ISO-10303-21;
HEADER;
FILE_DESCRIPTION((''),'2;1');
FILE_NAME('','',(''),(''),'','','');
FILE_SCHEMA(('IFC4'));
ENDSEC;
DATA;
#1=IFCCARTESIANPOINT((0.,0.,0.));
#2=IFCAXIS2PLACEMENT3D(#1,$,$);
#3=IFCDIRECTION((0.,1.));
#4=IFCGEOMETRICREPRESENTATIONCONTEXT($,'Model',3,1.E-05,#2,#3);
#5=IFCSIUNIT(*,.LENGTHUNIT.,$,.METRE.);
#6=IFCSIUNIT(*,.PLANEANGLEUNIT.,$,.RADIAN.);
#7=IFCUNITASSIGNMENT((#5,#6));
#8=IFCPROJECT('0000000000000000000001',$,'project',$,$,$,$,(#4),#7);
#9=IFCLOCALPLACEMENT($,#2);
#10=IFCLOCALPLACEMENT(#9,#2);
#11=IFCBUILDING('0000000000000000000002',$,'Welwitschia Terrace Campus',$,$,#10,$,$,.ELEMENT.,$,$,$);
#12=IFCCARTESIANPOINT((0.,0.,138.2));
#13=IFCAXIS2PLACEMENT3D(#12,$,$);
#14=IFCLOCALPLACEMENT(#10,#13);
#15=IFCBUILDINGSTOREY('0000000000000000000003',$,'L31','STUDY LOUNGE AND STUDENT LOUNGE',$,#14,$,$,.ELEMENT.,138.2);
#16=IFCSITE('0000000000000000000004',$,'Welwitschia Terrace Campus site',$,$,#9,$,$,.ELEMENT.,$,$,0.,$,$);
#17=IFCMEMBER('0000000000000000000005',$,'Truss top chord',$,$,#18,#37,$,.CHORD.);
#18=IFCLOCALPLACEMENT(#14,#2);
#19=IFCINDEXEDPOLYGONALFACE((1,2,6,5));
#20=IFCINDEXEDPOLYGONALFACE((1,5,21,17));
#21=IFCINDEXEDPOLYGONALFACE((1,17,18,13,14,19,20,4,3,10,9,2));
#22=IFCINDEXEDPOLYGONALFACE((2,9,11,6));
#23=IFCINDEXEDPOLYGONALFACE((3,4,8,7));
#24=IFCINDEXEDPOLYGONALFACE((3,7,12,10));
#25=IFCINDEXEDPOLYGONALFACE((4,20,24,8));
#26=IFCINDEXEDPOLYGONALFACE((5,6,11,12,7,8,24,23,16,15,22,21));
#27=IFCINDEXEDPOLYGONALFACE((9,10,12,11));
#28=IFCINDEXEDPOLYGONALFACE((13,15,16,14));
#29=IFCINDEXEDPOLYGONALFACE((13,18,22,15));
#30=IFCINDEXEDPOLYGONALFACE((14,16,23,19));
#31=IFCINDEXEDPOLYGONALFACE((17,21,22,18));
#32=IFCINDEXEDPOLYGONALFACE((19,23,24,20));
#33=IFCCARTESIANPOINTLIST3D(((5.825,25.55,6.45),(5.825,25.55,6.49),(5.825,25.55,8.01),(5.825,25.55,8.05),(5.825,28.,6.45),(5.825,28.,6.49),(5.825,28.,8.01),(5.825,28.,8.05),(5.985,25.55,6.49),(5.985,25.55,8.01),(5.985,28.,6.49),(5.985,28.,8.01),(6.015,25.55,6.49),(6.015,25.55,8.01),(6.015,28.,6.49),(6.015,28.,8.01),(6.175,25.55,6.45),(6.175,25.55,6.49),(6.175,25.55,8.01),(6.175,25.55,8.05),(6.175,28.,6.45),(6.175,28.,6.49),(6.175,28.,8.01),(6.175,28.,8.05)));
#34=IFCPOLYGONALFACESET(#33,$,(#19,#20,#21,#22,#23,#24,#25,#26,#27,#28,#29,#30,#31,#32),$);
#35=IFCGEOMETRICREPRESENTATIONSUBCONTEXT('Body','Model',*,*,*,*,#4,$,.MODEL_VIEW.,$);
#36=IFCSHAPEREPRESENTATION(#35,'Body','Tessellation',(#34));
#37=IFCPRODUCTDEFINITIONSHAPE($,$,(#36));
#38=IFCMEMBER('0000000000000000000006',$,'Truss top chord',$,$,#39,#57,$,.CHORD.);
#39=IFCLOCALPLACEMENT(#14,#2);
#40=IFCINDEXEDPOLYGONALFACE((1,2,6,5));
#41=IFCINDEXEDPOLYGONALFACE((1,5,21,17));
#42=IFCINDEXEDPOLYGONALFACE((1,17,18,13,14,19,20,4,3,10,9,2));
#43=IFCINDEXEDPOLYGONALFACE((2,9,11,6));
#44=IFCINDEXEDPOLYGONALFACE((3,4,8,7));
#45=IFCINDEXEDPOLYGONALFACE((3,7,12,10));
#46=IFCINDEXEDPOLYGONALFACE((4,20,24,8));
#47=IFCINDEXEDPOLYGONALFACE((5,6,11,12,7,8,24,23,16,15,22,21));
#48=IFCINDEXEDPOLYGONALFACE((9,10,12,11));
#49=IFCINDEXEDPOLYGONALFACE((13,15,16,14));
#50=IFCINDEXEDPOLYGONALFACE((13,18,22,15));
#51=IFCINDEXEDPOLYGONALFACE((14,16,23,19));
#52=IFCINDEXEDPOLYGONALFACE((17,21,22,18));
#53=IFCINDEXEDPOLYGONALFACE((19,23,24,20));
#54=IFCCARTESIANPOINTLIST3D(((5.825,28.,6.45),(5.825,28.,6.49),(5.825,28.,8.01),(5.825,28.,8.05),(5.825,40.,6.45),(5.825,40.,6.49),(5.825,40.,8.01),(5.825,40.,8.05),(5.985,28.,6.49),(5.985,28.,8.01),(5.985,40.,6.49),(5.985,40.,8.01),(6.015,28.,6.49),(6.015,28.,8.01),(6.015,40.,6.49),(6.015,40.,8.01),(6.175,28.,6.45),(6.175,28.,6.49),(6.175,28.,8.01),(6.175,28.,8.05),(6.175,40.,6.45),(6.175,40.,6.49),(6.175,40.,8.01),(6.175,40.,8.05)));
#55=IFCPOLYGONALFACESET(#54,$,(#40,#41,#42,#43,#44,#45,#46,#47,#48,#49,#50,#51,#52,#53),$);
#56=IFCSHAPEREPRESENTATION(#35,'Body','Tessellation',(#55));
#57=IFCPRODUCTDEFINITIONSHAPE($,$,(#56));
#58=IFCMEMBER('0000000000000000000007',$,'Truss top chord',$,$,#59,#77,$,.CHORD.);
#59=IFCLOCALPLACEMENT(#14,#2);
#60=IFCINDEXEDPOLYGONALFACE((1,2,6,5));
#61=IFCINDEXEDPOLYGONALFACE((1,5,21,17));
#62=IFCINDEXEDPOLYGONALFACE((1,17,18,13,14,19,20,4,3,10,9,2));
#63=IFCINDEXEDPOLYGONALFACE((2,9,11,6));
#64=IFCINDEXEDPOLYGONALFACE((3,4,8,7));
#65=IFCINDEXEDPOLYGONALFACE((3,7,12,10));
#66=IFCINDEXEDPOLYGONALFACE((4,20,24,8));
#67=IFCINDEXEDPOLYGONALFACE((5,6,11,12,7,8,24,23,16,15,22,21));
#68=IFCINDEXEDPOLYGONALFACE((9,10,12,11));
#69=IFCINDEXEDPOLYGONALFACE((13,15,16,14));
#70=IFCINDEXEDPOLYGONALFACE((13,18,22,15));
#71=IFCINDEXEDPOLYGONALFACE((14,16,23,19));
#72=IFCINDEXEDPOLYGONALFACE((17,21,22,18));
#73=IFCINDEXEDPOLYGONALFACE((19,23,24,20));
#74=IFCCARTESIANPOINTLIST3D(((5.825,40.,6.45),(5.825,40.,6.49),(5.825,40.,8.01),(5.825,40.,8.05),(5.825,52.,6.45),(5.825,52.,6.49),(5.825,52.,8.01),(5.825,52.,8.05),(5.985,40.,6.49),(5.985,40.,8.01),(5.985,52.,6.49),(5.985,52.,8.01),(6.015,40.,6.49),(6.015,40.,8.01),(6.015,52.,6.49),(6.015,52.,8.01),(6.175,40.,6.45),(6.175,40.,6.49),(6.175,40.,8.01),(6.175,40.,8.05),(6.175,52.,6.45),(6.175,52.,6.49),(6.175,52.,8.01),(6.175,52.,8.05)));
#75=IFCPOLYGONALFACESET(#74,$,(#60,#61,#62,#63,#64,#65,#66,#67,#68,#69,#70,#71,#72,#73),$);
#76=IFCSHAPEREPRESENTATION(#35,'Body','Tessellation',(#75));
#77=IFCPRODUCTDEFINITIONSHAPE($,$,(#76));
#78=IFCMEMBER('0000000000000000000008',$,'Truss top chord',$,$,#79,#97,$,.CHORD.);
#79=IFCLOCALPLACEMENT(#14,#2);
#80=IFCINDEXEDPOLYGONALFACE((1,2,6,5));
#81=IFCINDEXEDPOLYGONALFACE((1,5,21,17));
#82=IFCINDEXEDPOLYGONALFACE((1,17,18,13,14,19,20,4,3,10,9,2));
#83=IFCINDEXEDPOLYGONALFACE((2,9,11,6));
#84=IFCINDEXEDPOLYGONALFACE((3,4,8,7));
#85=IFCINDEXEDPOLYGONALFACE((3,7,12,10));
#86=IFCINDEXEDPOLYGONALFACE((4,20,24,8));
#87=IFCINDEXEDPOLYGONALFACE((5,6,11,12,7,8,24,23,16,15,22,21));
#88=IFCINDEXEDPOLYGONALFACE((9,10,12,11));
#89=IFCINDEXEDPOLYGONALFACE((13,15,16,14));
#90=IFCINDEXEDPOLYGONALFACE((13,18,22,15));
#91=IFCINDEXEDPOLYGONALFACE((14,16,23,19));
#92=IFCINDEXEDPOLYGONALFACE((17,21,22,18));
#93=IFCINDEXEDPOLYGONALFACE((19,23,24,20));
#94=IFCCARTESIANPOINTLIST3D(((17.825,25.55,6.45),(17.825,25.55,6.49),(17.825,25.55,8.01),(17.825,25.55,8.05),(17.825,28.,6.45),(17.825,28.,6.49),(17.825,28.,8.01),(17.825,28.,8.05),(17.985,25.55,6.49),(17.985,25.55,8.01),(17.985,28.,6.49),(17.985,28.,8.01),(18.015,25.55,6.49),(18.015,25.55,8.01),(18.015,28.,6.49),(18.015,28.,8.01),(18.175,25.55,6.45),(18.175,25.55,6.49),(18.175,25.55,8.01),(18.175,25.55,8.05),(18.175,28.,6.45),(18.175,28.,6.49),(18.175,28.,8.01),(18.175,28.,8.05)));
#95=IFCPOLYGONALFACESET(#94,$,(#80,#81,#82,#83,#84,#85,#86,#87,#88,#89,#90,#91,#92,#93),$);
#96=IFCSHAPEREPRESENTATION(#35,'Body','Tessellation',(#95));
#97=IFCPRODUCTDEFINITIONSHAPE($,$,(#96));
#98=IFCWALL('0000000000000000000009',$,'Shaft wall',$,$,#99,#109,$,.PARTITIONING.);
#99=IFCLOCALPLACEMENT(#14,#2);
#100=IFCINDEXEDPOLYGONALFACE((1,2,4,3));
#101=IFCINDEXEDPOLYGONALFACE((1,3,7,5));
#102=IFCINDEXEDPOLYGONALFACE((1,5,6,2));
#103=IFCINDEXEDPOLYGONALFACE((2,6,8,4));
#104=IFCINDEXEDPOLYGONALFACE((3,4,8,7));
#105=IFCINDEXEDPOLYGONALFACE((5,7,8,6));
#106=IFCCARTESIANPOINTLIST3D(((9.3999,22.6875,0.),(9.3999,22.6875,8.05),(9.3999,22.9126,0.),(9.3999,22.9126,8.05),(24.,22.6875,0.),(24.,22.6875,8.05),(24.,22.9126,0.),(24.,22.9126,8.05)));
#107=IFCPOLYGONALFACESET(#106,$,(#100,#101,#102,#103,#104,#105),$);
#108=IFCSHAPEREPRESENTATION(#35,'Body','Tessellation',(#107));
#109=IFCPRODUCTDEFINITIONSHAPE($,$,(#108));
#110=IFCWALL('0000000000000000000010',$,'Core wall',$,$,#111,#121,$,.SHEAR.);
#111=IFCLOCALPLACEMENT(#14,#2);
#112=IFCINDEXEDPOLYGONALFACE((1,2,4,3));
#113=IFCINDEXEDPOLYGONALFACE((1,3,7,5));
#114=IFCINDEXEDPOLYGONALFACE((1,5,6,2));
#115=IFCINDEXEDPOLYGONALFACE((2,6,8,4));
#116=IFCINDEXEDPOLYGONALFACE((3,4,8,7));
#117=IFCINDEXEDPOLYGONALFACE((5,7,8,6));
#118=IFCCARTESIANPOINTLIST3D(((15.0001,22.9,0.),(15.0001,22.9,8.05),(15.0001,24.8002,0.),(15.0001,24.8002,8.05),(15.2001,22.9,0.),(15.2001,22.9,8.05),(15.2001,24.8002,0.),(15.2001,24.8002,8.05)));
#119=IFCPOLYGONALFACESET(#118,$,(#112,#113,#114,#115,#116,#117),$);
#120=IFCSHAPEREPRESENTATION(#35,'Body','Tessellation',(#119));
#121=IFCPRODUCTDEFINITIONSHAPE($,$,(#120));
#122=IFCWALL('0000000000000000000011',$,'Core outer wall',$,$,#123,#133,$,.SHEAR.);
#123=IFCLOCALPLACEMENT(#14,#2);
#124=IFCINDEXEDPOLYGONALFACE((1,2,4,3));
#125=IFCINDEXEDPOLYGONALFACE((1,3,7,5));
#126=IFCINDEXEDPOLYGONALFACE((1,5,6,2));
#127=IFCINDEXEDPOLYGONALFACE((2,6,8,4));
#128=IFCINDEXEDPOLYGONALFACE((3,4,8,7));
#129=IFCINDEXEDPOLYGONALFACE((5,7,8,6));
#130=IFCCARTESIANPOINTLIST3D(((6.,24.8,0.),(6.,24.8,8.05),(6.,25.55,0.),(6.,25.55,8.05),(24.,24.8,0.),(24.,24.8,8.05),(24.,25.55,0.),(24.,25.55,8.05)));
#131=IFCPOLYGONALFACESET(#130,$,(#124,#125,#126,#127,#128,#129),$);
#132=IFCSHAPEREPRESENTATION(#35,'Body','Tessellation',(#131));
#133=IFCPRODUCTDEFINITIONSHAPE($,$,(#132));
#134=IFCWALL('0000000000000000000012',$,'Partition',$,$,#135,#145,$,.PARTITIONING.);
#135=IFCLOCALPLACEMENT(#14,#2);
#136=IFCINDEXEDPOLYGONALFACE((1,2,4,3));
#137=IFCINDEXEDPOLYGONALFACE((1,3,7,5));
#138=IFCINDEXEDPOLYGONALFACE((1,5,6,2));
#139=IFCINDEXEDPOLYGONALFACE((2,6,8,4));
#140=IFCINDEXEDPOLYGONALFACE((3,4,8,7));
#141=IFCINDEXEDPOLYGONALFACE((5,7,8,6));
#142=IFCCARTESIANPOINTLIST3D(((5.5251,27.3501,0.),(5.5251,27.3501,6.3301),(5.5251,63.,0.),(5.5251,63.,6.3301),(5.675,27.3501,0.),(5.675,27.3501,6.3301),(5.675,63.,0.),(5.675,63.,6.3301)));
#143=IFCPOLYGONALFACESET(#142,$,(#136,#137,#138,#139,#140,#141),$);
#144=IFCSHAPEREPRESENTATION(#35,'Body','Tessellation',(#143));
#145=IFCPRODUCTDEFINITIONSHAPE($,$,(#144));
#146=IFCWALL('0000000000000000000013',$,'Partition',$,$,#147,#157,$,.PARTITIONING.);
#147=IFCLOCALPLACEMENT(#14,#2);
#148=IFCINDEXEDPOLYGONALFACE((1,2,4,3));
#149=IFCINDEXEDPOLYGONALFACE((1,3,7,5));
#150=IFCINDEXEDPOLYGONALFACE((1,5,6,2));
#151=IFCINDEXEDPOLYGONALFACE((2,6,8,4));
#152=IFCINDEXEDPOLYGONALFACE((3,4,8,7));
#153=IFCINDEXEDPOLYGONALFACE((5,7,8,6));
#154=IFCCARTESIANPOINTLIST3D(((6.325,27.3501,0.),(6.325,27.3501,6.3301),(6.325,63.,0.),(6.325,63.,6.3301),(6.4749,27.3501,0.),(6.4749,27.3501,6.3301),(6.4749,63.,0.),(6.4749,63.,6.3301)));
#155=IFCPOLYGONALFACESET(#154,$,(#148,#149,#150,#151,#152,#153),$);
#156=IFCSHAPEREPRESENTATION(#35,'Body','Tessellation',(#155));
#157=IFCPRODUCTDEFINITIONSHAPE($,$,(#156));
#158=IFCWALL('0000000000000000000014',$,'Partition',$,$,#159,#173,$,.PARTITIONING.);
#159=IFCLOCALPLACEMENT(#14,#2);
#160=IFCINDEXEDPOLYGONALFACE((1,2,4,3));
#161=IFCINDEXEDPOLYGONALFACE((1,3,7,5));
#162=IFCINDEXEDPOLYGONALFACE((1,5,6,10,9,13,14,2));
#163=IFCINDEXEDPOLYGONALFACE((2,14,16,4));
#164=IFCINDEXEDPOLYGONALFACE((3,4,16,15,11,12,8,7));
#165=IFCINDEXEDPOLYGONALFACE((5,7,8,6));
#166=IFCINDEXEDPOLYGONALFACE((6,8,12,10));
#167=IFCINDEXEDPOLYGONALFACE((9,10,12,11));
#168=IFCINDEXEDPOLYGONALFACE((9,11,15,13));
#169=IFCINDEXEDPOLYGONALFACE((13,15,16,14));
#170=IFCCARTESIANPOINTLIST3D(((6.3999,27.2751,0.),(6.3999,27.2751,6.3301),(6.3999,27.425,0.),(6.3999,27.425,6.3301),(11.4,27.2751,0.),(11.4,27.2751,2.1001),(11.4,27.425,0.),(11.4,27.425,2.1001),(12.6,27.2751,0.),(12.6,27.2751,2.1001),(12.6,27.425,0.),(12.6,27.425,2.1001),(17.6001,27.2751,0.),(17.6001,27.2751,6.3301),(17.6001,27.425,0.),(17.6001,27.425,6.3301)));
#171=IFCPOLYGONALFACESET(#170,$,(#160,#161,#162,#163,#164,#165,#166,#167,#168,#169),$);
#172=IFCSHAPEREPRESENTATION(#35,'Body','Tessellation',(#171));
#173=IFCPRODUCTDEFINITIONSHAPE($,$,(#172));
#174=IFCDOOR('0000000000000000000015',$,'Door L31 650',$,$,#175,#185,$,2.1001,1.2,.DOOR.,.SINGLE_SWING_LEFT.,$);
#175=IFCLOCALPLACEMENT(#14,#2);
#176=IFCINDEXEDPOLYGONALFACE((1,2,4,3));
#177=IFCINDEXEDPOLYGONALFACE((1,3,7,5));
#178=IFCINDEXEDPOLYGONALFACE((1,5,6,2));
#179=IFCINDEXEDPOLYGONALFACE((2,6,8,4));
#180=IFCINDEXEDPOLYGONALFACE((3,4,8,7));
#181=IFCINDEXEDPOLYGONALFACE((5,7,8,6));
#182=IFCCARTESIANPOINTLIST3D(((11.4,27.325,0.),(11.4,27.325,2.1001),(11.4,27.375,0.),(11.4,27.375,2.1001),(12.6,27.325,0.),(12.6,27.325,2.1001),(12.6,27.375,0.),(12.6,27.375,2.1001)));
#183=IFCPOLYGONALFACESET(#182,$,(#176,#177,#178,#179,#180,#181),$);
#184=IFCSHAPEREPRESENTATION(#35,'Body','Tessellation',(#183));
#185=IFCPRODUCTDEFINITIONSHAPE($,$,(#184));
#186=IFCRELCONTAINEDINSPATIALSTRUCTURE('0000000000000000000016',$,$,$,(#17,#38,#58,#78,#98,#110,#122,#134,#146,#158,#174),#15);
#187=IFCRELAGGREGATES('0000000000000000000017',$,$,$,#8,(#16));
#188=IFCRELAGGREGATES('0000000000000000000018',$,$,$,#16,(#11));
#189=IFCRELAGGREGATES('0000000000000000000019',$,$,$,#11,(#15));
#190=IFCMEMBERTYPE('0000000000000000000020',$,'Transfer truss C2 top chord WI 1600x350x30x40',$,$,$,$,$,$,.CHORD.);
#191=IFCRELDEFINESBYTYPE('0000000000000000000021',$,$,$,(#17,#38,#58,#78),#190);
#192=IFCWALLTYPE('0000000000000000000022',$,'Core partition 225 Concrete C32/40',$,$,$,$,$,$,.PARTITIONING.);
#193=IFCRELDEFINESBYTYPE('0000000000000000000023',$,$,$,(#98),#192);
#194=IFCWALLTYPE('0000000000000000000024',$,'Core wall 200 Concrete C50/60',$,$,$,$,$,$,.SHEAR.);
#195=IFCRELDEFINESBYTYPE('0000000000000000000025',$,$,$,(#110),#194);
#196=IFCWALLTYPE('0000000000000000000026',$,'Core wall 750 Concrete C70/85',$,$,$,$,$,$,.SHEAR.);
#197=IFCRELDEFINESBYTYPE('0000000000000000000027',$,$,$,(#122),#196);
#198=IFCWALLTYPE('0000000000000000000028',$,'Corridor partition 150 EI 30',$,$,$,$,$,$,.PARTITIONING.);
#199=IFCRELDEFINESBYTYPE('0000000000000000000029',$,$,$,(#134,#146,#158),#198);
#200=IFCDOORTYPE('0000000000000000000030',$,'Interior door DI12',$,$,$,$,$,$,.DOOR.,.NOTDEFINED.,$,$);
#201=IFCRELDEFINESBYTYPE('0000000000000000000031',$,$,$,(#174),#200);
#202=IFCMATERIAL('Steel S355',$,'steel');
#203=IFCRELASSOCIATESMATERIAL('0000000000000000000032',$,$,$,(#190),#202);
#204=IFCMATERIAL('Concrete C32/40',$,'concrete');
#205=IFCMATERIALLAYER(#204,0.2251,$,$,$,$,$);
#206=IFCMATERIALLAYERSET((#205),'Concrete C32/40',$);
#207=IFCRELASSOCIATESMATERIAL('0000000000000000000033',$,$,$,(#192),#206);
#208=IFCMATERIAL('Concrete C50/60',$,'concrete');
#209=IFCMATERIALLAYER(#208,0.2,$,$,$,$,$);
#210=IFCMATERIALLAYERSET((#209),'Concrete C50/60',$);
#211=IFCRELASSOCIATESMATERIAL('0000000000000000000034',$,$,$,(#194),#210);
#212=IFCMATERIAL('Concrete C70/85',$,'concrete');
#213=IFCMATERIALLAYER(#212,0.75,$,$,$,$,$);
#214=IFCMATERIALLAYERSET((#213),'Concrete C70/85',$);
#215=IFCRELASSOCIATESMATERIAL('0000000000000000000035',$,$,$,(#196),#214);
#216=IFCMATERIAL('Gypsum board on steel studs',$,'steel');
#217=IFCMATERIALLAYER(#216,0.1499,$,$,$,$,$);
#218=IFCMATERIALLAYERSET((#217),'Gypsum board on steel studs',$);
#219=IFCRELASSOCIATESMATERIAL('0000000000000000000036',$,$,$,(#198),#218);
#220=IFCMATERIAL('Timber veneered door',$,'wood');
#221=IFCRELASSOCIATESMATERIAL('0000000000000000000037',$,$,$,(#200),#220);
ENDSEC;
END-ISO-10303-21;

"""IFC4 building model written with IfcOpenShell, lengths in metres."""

from ifc_helpers import new_model, si_unit, direction, frame, frame_2d, origin, origin_2d, place, context, subcontext, project, spatial, rectangle, i_section, extrude, material, layer, layer_set, material_profile, profile_set, type_object, element, fill, save


model = new_model("IFC4")

# Units and contexts
model_context = context("Model", 3, precision=1e-05, world=origin(), true_north=direction((0.0, 1.0)))
body_context = subcontext(model_context, "Body", "Model", "MODEL_VIEW")
ifc_project = project(units=[si_unit("LENGTHUNIT", "METRE"), si_unit("PLANEANGLEUNIT", "RADIAN")], contexts=[model_context])

# Site, building, storey
site_placement = place(None, origin())
site = spatial("IfcSite", under=ifc_project, at=site_placement, Name="Welwitschia Terrace Campus site", CompositionType="ELEMENT", RefElevation=0.0)
building_placement = place(site_placement, origin())
building = spatial("IfcBuilding", under=site, at=building_placement, Name="Welwitschia Terrace Campus", CompositionType="ELEMENT")
storey_placement = place(building_placement, frame((0.0, 0.0, 138.2)))
storey = spatial("IfcBuildingStorey", under=building, at=storey_placement, Name="L31", Description="STUDY LOUNGE AND STUDENT LOUNGE", CompositionType="ELEMENT", Elevation=138.2)

# Members
ifc_material_1 = material(Name="Steel S355", Category="steel")
ifc_material_profile_1 = material_profile(ifc_material_1, i_section(OverallWidth=0.3501, OverallDepth=1.6001, WebThickness=0.03, FlangeThickness=0.04, at=origin_2d()))
ifc_profile_set_1 = profile_set([ifc_material_profile_1], Name="Steel S355")
member_type_1 = type_object("IfcMemberType", Name="Transfer truss C2 top chord WI 1600x350x30x40", PredefinedType="CHORD", material=ifc_profile_set_1)
member_1_placement = place(storey_placement, frame((6.0, 25.55, 7.25), z_axis=(0.0, 1.0, 0.0), x_axis=(-1.0, 0.0, 0.0)))
element("IfcMember", 1, at=member_1_placement, inside=storey, type_object=member_type_1, Name="Truss top chord", PredefinedType="CHORD", context=body_context, shape_type="SweptSolid", body=[
    extrude(i_section(OverallWidth=0.3501, OverallDepth=1.6001, WebThickness=0.03, FlangeThickness=0.04, at=origin_2d()), origin(), (0.0, 0.0, 1.0), 2.45),
])
for number, where, z_axis, x_axis, name in (
    (2, (6.0, 28.0, 7.25), (0.0, 1.0, 0.0), (-1.0, 0.0, 0.0), "Truss top chord"),
    (3, (6.0, 40.0, 7.25), (0.0, 1.0, 0.0), (-1.0, 0.0, 0.0), "Truss top chord"),
):
    element("IfcMember", number, at=place(storey_placement, frame(where, z_axis=z_axis, x_axis=x_axis)), inside=storey, type_object=member_type_1, Name=name, PredefinedType="CHORD", context=body_context, shape_type="SweptSolid", body=[
        extrude(i_section(OverallWidth=0.3501, OverallDepth=1.6001, WebThickness=0.03, FlangeThickness=0.04, at=origin_2d()), origin(), (0.0, 0.0, 1.0), 12.0),
    ])
member_2_placement = place(storey_placement, frame((18.0, 25.55, 7.25), z_axis=(0.0, 1.0, 0.0), x_axis=(-1.0, 0.0, 0.0)))
element("IfcMember", 4, at=member_2_placement, inside=storey, type_object=member_type_1, Name="Truss top chord", PredefinedType="CHORD", context=body_context, shape_type="SweptSolid", body=[
    extrude(i_section(OverallWidth=0.3501, OverallDepth=1.6001, WebThickness=0.03, FlangeThickness=0.04, at=origin_2d()), origin(), (0.0, 0.0, 1.0), 2.45),
])

# Walls
ifc_material_2 = material(Name="Concrete C32/40", Category="concrete")
ifc_layer_1 = layer(ifc_material_2, 0.2251)
ifc_layer_set_1 = layer_set([ifc_layer_1], Name="Concrete C32/40")
wall_type_1 = type_object("IfcWallType", Name="Core partition 225 Concrete C32/40", PredefinedType="PARTITIONING", material=ifc_layer_set_1)
wall_1_placement = place(storey_placement, frame((9.3999, 22.8, 0.0), z_axis=(0.0, 0.0, 1.0), x_axis=(1.0, 0.0, 0.0)))
element("IfcWall", 5, at=wall_1_placement, inside=storey, type_object=wall_type_1, Name="Shaft wall", PredefinedType="PARTITIONING", context=body_context, shape_type="SweptSolid", body=[
    extrude(rectangle(XDim=14.6001, YDim=0.2251, at=frame_2d((7.3, 0.0))), origin(), (0.0, 0.0, 1.0), 8.05),
])
ifc_material_3 = material(Name="Concrete C50/60", Category="concrete")
ifc_layer_2 = layer(ifc_material_3, 0.2)
ifc_layer_set_2 = layer_set([ifc_layer_2], Name="Concrete C50/60")
wall_type_2 = type_object("IfcWallType", Name="Core wall 200 Concrete C50/60", PredefinedType="SHEAR", material=ifc_layer_set_2)
wall_2_placement = place(storey_placement, frame((15.1001, 22.8999, 0.0), z_axis=(0.0, 0.0, 1.0), x_axis=(0.0, 1.0, 0.0)))
element("IfcWall", 6, at=wall_2_placement, inside=storey, type_object=wall_type_2, Name="Core wall", PredefinedType="SHEAR", context=body_context, shape_type="SweptSolid", body=[
    extrude(rectangle(XDim=1.9001, YDim=0.2, at=frame_2d((0.9502, 0.0))), origin(), (0.0, 0.0, 1.0), 8.05),
])
ifc_material_4 = material(Name="Concrete C70/85", Category="concrete")
ifc_layer_3 = layer(ifc_material_4, 0.75)
ifc_layer_set_3 = layer_set([ifc_layer_3], Name="Concrete C70/85")
wall_type_3 = type_object("IfcWallType", Name="Core wall 750 Concrete C70/85", PredefinedType="SHEAR", material=ifc_layer_set_3)
wall_3_placement = place(storey_placement, frame((6.0, 25.175, 0.0), z_axis=(0.0, 0.0, 1.0), x_axis=(1.0, 0.0, 0.0)))
element("IfcWall", 7, at=wall_3_placement, inside=storey, type_object=wall_type_3, Name="Core outer wall", PredefinedType="SHEAR", context=body_context, shape_type="SweptSolid", body=[
    extrude(rectangle(XDim=18.0, YDim=0.75, at=frame_2d((9.0, 0.0))), origin(), (0.0, 0.0, 1.0), 8.05),
])
ifc_material_5 = material(Name="Gypsum board on steel studs", Category="steel")
ifc_layer_4 = layer(ifc_material_5, 0.1499)
ifc_layer_set_4 = layer_set([ifc_layer_4], Name="Gypsum board on steel studs")
wall_type_4 = type_object("IfcWallType", Name="Corridor partition 150 EI 30", PredefinedType="PARTITIONING", material=ifc_layer_set_4)
for number, where, z_axis, x_axis, name in (
    (8, (5.6001, 27.3501, 0.0), (0.0, 0.0, 1.0), (0.0, 1.0, 0.0), "Partition"),
    (9, (6.3999, 27.3501, 0.0), (0.0, 0.0, 1.0), (0.0, 1.0, 0.0), "Partition"),
):
    element("IfcWall", number, at=place(storey_placement, frame(where, z_axis=z_axis, x_axis=x_axis)), inside=storey, type_object=wall_type_4, Name=name, PredefinedType="PARTITIONING", context=body_context, shape_type="SweptSolid", body=[
        extrude(rectangle(XDim=35.6499, YDim=0.1499, at=frame_2d((17.825, 0.0))), origin(), (0.0, 0.0, 1.0), 6.3301),
    ])

# Wall, opening, door
wall_4_placement = place(storey_placement, frame((6.3999, 27.3501, 0.0), z_axis=(0.0, 0.0, 1.0), x_axis=(1.0, 0.0, 0.0)))
wall_4 = element("IfcWall", 10, at=wall_4_placement, inside=storey, type_object=wall_type_4, Name="Partition", PredefinedType="PARTITIONING", context=body_context, shape_type="SweptSolid", body=[
    extrude(rectangle(XDim=11.2002, YDim=0.1499, at=frame_2d((5.6001, 0.0))), origin(), (0.0, 0.0, 1.0), 6.3301),
])
opening_placement = place(wall_4_placement, frame((5.0, 0.0, 0.0)))
opening = element("IfcOpeningElement", 11, at=opening_placement, cuts=wall_4, PredefinedType="OPENING", context=body_context, shape_type="SweptSolid", body=[
    extrude(rectangle(XDim=1.2, YDim=2.1001, at=frame_2d((0.6001, 1.05))), frame((0.0, 0.085, 0.0), z_axis=(0.0, -1.0, 0.0), x_axis=(1.0, 0.0, 0.0)), (0.0, 0.0, 1.0), 0.1699),
])
ifc_material_6 = material(Name="Timber veneered door", Category="wood")
door_type = type_object("IfcDoorType", Name="Interior door DI12", OperationType="NOTDEFINED", PredefinedType="DOOR", material=ifc_material_6)
door_placement = place(opening_placement, origin())
door = element("IfcDoor", 12, at=door_placement, inside=storey, type_object=door_type, Name="Door L31 650", OperationType="SINGLE_SWING_LEFT", OverallHeight=2.1001, OverallWidth=1.2, PredefinedType="DOOR", context=body_context, shape_type="SweptSolid", body=[
    extrude(rectangle(XDim=1.2, YDim=2.1001, at=frame_2d((0.6001, 1.05))), frame((0.0, 0.0249, 0.0), z_axis=(0.0, -1.0, 0.0), x_axis=(1.0, 0.0, 0.0)), (0.0, 0.0, 1.0), 0.05),
])
fill(opening, door)

save(model, "model.ifc")
